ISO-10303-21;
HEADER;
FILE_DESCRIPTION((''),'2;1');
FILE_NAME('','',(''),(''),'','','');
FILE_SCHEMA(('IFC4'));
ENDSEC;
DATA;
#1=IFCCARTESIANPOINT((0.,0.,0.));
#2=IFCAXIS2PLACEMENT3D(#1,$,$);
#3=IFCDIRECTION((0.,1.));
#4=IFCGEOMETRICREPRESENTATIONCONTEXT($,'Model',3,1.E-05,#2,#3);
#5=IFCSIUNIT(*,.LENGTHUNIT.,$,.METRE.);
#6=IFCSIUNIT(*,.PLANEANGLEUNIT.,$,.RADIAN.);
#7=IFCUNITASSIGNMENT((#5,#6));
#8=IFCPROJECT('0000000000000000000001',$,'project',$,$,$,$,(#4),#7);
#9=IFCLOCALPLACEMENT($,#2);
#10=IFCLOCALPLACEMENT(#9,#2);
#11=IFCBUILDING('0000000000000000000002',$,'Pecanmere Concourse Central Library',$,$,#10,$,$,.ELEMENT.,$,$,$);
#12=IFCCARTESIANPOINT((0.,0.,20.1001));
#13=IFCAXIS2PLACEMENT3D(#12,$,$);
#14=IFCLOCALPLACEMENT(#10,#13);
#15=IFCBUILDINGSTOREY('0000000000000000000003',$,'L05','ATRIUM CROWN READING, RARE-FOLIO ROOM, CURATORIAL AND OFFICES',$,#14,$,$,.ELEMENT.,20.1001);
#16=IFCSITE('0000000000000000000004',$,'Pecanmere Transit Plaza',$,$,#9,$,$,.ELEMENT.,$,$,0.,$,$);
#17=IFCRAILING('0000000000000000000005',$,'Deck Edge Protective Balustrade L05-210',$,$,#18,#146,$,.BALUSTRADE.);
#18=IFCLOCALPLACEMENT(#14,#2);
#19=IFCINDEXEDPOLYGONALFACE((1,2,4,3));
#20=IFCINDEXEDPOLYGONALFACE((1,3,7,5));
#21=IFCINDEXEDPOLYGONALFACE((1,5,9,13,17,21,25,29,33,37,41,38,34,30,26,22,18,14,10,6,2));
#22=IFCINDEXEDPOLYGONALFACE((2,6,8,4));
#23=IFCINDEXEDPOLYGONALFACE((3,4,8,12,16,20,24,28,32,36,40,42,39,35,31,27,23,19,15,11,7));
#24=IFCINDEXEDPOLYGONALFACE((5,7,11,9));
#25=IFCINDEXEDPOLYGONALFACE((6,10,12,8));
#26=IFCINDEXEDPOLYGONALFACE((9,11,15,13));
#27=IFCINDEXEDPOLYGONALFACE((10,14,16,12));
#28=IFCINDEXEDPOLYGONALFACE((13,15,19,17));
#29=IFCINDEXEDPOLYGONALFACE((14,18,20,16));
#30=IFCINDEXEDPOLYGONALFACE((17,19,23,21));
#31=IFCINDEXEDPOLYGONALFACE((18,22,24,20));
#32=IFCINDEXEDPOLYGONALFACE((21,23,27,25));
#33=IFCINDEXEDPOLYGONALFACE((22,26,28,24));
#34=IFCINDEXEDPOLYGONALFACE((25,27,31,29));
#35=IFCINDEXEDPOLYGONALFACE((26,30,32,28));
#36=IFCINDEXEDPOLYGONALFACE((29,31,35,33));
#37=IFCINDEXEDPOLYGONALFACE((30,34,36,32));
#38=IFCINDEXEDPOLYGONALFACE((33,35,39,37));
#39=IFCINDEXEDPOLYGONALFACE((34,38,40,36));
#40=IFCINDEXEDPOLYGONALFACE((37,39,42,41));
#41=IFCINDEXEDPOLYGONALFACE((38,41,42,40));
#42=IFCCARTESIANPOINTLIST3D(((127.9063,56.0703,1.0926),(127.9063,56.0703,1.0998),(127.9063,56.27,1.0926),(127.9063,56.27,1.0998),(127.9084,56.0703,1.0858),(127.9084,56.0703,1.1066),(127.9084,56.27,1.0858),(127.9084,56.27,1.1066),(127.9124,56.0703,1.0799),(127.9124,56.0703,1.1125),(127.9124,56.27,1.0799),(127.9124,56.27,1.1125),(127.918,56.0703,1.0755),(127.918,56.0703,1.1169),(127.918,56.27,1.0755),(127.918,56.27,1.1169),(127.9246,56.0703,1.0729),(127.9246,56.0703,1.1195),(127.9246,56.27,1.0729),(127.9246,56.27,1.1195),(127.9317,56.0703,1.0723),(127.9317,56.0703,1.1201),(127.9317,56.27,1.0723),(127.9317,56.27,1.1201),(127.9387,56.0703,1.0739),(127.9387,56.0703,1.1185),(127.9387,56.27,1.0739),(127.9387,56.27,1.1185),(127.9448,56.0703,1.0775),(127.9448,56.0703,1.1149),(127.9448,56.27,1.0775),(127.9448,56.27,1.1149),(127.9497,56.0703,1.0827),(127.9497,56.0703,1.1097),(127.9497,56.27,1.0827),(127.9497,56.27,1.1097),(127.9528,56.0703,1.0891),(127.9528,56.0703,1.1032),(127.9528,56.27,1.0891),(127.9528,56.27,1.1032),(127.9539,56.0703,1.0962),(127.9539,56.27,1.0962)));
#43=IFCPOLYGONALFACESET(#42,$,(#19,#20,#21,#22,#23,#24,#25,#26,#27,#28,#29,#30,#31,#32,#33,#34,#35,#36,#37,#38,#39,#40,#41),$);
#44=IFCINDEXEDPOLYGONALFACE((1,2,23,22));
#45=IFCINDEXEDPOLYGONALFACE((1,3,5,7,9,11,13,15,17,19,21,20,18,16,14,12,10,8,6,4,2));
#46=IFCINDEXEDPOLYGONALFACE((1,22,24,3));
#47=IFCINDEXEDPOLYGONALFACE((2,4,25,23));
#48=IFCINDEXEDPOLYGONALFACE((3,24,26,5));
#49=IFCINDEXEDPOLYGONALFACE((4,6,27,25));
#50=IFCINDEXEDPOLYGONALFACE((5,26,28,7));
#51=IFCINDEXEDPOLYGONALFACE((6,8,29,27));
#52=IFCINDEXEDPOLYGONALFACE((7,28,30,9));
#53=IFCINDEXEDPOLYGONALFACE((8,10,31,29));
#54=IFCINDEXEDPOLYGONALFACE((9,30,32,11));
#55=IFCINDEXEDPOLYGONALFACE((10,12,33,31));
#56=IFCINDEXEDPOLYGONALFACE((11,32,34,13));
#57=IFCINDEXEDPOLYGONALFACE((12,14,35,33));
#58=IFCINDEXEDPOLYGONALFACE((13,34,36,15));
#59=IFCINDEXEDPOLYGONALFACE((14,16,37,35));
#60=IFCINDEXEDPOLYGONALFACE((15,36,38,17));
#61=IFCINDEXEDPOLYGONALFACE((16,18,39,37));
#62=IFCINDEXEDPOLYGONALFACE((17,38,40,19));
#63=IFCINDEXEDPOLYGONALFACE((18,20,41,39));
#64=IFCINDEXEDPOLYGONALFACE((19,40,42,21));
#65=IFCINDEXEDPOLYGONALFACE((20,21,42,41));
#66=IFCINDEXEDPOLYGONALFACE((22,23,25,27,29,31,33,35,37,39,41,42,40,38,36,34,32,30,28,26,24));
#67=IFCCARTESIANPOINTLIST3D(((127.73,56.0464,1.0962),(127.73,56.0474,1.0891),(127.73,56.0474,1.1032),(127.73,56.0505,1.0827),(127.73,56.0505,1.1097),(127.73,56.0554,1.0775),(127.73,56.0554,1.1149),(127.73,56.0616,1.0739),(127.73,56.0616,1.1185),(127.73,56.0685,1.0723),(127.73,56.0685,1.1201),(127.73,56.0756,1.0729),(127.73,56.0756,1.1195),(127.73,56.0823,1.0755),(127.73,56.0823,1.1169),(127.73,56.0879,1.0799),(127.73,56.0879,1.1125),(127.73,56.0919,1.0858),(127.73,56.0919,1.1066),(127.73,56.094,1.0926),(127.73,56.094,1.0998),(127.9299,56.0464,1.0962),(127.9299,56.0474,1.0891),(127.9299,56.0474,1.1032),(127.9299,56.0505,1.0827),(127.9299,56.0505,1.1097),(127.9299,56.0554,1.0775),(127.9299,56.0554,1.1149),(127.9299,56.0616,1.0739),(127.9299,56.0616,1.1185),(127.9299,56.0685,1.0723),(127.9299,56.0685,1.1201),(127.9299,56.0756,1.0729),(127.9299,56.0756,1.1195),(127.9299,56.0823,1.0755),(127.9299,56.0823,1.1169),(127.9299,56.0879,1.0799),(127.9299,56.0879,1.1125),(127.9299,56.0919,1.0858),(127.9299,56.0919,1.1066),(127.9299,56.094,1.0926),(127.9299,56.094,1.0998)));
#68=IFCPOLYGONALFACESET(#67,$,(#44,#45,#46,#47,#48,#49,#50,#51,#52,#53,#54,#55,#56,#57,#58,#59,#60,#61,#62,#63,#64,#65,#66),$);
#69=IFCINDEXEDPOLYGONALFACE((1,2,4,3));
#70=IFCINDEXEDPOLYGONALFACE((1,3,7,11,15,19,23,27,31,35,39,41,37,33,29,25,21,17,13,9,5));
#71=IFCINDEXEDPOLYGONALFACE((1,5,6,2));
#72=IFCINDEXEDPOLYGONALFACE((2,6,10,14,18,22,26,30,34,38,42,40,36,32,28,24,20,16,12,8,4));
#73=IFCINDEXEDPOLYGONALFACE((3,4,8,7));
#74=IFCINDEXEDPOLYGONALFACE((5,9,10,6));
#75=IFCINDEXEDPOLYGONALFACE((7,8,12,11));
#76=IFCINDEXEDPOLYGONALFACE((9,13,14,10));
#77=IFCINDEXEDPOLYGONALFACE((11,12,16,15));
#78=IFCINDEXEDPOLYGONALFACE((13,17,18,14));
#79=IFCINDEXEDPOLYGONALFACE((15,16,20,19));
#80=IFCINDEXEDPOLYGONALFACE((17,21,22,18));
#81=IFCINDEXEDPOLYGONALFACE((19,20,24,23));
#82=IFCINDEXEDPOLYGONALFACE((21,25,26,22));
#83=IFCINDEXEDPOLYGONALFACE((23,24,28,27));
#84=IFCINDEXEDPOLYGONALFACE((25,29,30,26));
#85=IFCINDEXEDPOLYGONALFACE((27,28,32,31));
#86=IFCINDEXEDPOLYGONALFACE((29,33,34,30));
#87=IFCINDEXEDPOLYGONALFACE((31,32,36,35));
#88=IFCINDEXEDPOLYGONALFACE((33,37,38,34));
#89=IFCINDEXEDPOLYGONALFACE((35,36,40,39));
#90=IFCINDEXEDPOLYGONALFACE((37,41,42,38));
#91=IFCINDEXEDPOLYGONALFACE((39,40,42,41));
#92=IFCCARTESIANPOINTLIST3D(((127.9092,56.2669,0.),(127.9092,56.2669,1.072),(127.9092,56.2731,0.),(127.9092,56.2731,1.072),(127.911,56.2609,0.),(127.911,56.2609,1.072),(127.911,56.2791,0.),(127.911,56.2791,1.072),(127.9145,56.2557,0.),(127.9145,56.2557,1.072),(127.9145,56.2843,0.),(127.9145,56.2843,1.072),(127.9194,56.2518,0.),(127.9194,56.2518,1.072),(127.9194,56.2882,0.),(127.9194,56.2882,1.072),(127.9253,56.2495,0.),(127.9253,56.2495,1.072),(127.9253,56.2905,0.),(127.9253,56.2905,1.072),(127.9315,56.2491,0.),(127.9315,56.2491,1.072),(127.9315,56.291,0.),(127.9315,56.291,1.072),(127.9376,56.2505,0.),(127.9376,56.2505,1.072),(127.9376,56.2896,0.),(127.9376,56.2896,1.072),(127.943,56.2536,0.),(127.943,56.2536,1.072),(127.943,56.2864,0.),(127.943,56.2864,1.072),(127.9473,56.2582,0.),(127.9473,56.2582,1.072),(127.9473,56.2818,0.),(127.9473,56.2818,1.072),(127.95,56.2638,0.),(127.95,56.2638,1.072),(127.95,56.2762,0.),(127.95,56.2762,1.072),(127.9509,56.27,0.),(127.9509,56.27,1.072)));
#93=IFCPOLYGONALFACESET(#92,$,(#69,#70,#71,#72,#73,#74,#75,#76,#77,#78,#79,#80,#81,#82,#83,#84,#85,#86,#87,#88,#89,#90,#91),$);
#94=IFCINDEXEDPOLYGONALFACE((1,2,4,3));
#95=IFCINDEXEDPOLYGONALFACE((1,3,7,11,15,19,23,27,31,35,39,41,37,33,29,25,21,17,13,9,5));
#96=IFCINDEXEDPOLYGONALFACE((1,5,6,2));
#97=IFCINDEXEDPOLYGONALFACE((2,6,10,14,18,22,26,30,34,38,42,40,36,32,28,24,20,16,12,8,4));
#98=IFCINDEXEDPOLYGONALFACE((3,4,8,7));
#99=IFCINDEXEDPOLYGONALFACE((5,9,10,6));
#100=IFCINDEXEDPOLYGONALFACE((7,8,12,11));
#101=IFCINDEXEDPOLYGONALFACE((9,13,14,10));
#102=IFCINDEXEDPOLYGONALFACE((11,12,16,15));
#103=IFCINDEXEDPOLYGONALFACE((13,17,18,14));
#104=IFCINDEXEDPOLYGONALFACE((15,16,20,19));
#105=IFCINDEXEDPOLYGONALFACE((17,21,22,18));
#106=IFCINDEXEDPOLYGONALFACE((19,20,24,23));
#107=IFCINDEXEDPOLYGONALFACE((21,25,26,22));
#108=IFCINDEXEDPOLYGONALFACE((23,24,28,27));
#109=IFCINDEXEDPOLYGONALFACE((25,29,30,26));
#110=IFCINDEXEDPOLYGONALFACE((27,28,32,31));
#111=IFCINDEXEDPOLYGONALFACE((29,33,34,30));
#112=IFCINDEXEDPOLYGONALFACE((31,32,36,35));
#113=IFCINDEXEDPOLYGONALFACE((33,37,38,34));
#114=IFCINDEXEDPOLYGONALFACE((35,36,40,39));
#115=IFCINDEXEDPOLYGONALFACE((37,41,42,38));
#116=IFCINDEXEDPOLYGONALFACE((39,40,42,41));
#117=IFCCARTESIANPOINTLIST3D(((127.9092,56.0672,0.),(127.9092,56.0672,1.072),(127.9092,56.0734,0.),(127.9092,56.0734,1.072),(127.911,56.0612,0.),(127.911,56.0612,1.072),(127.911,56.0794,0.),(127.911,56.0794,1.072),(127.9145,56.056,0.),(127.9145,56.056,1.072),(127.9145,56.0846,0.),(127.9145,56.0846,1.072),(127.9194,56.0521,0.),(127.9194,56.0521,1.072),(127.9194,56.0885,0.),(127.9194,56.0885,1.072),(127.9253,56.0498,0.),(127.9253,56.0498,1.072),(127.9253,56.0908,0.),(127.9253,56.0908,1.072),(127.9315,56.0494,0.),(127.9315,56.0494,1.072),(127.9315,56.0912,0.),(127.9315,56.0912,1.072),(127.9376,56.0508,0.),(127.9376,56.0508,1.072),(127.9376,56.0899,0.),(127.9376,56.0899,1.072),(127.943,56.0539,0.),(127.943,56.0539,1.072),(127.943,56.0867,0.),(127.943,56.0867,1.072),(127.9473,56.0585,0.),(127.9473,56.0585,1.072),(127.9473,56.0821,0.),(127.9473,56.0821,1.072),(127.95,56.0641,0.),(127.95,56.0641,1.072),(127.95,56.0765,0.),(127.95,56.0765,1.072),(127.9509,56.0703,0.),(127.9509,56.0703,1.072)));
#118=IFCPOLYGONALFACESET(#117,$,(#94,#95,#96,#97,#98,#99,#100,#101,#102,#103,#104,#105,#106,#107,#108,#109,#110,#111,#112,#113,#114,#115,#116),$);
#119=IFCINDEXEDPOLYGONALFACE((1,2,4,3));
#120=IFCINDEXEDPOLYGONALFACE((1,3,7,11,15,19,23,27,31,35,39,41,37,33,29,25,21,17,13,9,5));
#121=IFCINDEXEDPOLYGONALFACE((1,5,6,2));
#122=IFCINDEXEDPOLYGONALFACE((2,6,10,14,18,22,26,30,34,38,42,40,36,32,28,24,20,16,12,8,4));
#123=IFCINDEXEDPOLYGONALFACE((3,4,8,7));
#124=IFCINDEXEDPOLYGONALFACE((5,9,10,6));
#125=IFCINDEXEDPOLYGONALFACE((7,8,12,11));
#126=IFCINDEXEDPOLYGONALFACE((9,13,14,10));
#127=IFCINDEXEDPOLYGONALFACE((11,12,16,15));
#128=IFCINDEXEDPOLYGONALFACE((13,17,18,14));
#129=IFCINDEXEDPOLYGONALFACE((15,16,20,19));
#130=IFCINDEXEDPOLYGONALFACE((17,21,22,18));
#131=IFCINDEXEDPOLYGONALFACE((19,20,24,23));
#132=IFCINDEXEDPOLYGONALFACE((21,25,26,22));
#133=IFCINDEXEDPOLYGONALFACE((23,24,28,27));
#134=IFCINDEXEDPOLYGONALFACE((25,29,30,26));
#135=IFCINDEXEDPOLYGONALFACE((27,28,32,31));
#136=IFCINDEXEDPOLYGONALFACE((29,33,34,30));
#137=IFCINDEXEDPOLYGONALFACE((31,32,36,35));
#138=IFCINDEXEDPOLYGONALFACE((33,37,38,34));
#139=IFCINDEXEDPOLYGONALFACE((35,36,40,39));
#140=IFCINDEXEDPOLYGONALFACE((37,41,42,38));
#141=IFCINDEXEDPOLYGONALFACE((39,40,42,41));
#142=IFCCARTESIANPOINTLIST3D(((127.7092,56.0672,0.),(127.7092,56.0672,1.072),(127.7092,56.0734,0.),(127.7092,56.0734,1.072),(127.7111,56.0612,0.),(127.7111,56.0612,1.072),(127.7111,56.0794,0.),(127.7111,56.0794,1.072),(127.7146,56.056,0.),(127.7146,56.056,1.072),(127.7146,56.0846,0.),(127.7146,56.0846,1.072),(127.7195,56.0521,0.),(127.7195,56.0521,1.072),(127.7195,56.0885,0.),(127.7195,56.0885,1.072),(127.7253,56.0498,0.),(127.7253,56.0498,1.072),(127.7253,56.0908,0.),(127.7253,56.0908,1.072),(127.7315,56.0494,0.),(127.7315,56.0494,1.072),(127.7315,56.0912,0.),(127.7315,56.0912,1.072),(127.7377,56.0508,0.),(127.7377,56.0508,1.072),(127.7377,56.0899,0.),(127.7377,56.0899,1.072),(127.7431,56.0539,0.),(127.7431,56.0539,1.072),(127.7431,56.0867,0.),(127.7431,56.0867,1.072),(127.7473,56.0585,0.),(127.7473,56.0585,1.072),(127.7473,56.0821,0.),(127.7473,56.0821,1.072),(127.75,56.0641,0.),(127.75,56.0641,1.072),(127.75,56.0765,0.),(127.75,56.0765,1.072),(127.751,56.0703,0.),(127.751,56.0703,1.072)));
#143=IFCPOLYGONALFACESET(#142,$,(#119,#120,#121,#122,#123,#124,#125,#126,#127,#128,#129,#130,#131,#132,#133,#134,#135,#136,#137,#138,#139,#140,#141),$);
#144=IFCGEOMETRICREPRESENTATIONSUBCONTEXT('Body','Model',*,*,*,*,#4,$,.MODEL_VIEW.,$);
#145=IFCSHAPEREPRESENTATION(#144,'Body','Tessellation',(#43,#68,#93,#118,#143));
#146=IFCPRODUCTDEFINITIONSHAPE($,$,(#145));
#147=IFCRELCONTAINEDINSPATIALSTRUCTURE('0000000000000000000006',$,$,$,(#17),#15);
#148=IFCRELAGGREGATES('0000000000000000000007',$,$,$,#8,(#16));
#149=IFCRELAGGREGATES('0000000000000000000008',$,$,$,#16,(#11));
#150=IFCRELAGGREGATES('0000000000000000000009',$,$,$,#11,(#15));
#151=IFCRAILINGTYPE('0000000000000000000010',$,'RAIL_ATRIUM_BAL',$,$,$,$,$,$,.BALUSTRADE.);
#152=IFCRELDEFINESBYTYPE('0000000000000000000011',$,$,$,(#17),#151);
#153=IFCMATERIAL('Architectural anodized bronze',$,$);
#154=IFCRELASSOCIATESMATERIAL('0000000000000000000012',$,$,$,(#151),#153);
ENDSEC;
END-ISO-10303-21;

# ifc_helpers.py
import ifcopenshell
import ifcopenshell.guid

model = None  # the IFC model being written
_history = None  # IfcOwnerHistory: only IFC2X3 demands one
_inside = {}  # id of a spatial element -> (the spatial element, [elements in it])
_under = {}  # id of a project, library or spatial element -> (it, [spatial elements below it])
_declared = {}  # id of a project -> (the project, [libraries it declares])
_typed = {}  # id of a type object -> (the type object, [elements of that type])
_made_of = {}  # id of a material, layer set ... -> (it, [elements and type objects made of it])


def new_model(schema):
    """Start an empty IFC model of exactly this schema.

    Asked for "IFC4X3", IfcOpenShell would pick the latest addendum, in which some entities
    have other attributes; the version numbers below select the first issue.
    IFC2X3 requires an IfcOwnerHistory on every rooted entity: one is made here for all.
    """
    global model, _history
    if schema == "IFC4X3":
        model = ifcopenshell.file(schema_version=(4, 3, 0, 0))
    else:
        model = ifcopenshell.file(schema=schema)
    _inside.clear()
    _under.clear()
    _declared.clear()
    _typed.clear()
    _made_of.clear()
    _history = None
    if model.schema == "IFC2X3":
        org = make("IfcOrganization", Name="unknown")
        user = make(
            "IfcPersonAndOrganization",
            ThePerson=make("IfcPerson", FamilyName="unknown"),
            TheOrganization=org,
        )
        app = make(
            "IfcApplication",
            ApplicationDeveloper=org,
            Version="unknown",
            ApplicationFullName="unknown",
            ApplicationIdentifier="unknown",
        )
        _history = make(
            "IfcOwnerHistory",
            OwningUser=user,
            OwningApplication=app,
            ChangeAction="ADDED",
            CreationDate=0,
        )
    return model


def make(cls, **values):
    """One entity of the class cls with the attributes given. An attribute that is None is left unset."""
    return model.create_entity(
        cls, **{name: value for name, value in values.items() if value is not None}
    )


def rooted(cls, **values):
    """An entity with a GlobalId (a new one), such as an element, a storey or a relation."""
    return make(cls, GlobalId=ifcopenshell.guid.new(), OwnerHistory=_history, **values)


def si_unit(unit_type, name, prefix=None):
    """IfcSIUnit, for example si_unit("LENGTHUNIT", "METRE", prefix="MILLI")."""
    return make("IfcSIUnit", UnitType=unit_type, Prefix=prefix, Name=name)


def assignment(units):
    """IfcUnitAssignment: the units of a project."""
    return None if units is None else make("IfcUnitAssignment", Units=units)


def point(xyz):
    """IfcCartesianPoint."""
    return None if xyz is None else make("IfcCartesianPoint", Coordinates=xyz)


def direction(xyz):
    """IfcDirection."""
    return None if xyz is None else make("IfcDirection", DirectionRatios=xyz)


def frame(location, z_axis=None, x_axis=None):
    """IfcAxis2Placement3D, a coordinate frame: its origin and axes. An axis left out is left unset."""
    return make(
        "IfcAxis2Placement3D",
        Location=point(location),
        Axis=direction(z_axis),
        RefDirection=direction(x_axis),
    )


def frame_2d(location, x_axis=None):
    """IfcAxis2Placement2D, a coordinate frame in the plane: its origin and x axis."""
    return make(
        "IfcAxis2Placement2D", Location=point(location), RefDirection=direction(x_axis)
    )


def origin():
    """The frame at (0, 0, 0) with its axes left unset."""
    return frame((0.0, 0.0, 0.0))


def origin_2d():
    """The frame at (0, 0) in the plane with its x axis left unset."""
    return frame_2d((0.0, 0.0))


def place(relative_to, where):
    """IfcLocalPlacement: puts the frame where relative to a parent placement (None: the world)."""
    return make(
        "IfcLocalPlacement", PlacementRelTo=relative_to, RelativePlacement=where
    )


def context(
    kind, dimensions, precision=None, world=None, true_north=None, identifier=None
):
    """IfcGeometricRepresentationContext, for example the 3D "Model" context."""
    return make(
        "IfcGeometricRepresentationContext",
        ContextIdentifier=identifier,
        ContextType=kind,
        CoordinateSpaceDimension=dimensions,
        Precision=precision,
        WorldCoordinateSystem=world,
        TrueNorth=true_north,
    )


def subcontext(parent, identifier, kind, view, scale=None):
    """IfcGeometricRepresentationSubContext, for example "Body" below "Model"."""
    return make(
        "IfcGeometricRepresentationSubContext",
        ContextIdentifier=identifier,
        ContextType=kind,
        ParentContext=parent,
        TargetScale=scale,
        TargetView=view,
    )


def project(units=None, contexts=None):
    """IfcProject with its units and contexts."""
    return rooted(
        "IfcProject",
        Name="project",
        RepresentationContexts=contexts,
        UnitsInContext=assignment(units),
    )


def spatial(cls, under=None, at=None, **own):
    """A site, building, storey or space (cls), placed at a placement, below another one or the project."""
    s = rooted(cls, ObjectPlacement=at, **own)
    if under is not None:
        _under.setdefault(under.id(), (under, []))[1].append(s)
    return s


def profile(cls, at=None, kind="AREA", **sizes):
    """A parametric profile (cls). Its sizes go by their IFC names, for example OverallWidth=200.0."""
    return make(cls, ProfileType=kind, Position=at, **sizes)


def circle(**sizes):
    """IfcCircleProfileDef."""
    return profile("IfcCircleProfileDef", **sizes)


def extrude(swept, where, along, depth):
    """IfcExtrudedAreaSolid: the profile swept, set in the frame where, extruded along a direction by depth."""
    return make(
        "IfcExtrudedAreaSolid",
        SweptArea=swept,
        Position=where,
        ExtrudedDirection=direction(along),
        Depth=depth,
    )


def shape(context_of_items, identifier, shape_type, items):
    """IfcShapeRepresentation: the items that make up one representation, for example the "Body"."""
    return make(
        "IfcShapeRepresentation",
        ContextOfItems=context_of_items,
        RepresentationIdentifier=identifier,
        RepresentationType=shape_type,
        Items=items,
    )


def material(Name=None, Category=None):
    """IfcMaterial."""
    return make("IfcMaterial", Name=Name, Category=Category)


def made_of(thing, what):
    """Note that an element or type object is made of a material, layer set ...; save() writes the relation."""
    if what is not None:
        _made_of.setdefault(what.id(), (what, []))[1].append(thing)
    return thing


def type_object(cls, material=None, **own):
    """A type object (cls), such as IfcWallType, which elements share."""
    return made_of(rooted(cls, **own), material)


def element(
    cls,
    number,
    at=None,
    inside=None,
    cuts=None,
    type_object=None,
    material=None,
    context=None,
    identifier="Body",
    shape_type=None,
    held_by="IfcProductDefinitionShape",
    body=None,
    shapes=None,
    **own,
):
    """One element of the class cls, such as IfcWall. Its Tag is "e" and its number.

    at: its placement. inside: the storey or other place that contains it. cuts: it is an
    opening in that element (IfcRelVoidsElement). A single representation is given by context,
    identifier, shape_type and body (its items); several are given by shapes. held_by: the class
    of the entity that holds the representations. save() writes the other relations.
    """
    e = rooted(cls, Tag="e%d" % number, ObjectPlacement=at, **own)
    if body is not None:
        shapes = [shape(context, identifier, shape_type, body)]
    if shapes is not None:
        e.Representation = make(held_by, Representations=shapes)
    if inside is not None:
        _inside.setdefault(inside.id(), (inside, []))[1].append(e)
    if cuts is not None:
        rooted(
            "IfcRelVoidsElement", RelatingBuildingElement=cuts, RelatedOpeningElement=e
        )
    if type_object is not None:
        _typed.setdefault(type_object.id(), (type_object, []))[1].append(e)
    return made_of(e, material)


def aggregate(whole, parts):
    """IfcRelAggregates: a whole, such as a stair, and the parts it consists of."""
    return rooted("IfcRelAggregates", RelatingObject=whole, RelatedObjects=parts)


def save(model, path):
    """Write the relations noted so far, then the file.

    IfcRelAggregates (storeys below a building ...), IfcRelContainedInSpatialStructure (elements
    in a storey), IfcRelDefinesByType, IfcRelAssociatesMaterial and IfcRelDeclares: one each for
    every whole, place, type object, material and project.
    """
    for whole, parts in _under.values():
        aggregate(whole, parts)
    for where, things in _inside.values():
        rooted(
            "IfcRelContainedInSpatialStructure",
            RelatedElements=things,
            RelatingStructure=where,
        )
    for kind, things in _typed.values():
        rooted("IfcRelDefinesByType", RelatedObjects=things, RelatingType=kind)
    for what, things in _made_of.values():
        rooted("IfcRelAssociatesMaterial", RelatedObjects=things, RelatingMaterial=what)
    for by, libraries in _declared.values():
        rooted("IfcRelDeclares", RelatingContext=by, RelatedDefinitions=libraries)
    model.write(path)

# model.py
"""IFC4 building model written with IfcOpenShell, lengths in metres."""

from ifc_helpers import new_model, si_unit, direction, frame, origin, origin_2d, place, context, subcontext, project, spatial, circle, extrude, material, type_object, element, save


model = new_model("IFC4")

# Units and contexts
model_context = context("Model", 3, precision=1e-05, world=origin(), true_north=direction((0.0, 1.0)))
body_context = subcontext(model_context, "Body", "Model", "MODEL_VIEW")
ifc_project = project(units=[si_unit("LENGTHUNIT", "METRE"), si_unit("PLANEANGLEUNIT", "RADIAN")], contexts=[model_context])

# Site, building, storey
site_placement = place(None, origin())
site = spatial("IfcSite", under=ifc_project, at=site_placement, Name="Pecanmere Transit Plaza", CompositionType="ELEMENT", RefElevation=0.0)
building_placement = place(site_placement, origin())
building = spatial("IfcBuilding", under=site, at=building_placement, Name="Pecanmere Concourse Central Library", CompositionType="ELEMENT")
storey_placement = place(building_placement, frame((0.0, 0.0, 20.1001)))
storey = spatial("IfcBuildingStorey", under=building, at=storey_placement, Name="L05", Description="ATRIUM CROWN READING, RARE-FOLIO ROOM, CURATORIAL AND OFFICES", CompositionType="ELEMENT", Elevation=20.1001)

# Railing
ifc_material_1 = material(Name="Architectural anodized bronze")
railing_type = type_object("IfcRailingType", Name="RAIL_ATRIUM_BAL", PredefinedType="BALUSTRADE", material=ifc_material_1)
railing_1_placement = place(storey_placement, frame((127.9299, 56.27, 0.0)))
element("IfcRailing", 1, at=railing_1_placement, inside=storey, type_object=railing_type, Name="Deck Edge Protective Balustrade L05-210", PredefinedType="BALUSTRADE", context=body_context, shape_type="SweptSolid", body=[
    extrude(circle(Radius=0.0239, at=origin_2d()), frame((0.0, 0.0, 1.0962), z_axis=(0.0, -1.0, 0.0), x_axis=(1.0, 0.0, 0.0)), (0.0, 0.0, 1.0), 0.1997),
    extrude(circle(Radius=0.0239, at=origin_2d()), frame((0.0, -0.1997, 1.0962), z_axis=(-1.0, 0.0, 0.0), x_axis=(0.0, -1.0, 0.0)), (0.0, 0.0, 1.0), 0.2),
    extrude(circle(Radius=0.021, at=origin_2d()), origin(), (0.0, 0.0, 1.0), 1.072),
    extrude(circle(Radius=0.021, at=origin_2d()), frame((0.0, -0.1997, 0.0)), (0.0, 0.0, 1.0), 1.072),
    extrude(circle(Radius=0.021, at=origin_2d()), frame((-0.2, -0.1997, 0.0)), (0.0, 0.0, 1.0), 1.072),
])

save(model, "model.ifc")
